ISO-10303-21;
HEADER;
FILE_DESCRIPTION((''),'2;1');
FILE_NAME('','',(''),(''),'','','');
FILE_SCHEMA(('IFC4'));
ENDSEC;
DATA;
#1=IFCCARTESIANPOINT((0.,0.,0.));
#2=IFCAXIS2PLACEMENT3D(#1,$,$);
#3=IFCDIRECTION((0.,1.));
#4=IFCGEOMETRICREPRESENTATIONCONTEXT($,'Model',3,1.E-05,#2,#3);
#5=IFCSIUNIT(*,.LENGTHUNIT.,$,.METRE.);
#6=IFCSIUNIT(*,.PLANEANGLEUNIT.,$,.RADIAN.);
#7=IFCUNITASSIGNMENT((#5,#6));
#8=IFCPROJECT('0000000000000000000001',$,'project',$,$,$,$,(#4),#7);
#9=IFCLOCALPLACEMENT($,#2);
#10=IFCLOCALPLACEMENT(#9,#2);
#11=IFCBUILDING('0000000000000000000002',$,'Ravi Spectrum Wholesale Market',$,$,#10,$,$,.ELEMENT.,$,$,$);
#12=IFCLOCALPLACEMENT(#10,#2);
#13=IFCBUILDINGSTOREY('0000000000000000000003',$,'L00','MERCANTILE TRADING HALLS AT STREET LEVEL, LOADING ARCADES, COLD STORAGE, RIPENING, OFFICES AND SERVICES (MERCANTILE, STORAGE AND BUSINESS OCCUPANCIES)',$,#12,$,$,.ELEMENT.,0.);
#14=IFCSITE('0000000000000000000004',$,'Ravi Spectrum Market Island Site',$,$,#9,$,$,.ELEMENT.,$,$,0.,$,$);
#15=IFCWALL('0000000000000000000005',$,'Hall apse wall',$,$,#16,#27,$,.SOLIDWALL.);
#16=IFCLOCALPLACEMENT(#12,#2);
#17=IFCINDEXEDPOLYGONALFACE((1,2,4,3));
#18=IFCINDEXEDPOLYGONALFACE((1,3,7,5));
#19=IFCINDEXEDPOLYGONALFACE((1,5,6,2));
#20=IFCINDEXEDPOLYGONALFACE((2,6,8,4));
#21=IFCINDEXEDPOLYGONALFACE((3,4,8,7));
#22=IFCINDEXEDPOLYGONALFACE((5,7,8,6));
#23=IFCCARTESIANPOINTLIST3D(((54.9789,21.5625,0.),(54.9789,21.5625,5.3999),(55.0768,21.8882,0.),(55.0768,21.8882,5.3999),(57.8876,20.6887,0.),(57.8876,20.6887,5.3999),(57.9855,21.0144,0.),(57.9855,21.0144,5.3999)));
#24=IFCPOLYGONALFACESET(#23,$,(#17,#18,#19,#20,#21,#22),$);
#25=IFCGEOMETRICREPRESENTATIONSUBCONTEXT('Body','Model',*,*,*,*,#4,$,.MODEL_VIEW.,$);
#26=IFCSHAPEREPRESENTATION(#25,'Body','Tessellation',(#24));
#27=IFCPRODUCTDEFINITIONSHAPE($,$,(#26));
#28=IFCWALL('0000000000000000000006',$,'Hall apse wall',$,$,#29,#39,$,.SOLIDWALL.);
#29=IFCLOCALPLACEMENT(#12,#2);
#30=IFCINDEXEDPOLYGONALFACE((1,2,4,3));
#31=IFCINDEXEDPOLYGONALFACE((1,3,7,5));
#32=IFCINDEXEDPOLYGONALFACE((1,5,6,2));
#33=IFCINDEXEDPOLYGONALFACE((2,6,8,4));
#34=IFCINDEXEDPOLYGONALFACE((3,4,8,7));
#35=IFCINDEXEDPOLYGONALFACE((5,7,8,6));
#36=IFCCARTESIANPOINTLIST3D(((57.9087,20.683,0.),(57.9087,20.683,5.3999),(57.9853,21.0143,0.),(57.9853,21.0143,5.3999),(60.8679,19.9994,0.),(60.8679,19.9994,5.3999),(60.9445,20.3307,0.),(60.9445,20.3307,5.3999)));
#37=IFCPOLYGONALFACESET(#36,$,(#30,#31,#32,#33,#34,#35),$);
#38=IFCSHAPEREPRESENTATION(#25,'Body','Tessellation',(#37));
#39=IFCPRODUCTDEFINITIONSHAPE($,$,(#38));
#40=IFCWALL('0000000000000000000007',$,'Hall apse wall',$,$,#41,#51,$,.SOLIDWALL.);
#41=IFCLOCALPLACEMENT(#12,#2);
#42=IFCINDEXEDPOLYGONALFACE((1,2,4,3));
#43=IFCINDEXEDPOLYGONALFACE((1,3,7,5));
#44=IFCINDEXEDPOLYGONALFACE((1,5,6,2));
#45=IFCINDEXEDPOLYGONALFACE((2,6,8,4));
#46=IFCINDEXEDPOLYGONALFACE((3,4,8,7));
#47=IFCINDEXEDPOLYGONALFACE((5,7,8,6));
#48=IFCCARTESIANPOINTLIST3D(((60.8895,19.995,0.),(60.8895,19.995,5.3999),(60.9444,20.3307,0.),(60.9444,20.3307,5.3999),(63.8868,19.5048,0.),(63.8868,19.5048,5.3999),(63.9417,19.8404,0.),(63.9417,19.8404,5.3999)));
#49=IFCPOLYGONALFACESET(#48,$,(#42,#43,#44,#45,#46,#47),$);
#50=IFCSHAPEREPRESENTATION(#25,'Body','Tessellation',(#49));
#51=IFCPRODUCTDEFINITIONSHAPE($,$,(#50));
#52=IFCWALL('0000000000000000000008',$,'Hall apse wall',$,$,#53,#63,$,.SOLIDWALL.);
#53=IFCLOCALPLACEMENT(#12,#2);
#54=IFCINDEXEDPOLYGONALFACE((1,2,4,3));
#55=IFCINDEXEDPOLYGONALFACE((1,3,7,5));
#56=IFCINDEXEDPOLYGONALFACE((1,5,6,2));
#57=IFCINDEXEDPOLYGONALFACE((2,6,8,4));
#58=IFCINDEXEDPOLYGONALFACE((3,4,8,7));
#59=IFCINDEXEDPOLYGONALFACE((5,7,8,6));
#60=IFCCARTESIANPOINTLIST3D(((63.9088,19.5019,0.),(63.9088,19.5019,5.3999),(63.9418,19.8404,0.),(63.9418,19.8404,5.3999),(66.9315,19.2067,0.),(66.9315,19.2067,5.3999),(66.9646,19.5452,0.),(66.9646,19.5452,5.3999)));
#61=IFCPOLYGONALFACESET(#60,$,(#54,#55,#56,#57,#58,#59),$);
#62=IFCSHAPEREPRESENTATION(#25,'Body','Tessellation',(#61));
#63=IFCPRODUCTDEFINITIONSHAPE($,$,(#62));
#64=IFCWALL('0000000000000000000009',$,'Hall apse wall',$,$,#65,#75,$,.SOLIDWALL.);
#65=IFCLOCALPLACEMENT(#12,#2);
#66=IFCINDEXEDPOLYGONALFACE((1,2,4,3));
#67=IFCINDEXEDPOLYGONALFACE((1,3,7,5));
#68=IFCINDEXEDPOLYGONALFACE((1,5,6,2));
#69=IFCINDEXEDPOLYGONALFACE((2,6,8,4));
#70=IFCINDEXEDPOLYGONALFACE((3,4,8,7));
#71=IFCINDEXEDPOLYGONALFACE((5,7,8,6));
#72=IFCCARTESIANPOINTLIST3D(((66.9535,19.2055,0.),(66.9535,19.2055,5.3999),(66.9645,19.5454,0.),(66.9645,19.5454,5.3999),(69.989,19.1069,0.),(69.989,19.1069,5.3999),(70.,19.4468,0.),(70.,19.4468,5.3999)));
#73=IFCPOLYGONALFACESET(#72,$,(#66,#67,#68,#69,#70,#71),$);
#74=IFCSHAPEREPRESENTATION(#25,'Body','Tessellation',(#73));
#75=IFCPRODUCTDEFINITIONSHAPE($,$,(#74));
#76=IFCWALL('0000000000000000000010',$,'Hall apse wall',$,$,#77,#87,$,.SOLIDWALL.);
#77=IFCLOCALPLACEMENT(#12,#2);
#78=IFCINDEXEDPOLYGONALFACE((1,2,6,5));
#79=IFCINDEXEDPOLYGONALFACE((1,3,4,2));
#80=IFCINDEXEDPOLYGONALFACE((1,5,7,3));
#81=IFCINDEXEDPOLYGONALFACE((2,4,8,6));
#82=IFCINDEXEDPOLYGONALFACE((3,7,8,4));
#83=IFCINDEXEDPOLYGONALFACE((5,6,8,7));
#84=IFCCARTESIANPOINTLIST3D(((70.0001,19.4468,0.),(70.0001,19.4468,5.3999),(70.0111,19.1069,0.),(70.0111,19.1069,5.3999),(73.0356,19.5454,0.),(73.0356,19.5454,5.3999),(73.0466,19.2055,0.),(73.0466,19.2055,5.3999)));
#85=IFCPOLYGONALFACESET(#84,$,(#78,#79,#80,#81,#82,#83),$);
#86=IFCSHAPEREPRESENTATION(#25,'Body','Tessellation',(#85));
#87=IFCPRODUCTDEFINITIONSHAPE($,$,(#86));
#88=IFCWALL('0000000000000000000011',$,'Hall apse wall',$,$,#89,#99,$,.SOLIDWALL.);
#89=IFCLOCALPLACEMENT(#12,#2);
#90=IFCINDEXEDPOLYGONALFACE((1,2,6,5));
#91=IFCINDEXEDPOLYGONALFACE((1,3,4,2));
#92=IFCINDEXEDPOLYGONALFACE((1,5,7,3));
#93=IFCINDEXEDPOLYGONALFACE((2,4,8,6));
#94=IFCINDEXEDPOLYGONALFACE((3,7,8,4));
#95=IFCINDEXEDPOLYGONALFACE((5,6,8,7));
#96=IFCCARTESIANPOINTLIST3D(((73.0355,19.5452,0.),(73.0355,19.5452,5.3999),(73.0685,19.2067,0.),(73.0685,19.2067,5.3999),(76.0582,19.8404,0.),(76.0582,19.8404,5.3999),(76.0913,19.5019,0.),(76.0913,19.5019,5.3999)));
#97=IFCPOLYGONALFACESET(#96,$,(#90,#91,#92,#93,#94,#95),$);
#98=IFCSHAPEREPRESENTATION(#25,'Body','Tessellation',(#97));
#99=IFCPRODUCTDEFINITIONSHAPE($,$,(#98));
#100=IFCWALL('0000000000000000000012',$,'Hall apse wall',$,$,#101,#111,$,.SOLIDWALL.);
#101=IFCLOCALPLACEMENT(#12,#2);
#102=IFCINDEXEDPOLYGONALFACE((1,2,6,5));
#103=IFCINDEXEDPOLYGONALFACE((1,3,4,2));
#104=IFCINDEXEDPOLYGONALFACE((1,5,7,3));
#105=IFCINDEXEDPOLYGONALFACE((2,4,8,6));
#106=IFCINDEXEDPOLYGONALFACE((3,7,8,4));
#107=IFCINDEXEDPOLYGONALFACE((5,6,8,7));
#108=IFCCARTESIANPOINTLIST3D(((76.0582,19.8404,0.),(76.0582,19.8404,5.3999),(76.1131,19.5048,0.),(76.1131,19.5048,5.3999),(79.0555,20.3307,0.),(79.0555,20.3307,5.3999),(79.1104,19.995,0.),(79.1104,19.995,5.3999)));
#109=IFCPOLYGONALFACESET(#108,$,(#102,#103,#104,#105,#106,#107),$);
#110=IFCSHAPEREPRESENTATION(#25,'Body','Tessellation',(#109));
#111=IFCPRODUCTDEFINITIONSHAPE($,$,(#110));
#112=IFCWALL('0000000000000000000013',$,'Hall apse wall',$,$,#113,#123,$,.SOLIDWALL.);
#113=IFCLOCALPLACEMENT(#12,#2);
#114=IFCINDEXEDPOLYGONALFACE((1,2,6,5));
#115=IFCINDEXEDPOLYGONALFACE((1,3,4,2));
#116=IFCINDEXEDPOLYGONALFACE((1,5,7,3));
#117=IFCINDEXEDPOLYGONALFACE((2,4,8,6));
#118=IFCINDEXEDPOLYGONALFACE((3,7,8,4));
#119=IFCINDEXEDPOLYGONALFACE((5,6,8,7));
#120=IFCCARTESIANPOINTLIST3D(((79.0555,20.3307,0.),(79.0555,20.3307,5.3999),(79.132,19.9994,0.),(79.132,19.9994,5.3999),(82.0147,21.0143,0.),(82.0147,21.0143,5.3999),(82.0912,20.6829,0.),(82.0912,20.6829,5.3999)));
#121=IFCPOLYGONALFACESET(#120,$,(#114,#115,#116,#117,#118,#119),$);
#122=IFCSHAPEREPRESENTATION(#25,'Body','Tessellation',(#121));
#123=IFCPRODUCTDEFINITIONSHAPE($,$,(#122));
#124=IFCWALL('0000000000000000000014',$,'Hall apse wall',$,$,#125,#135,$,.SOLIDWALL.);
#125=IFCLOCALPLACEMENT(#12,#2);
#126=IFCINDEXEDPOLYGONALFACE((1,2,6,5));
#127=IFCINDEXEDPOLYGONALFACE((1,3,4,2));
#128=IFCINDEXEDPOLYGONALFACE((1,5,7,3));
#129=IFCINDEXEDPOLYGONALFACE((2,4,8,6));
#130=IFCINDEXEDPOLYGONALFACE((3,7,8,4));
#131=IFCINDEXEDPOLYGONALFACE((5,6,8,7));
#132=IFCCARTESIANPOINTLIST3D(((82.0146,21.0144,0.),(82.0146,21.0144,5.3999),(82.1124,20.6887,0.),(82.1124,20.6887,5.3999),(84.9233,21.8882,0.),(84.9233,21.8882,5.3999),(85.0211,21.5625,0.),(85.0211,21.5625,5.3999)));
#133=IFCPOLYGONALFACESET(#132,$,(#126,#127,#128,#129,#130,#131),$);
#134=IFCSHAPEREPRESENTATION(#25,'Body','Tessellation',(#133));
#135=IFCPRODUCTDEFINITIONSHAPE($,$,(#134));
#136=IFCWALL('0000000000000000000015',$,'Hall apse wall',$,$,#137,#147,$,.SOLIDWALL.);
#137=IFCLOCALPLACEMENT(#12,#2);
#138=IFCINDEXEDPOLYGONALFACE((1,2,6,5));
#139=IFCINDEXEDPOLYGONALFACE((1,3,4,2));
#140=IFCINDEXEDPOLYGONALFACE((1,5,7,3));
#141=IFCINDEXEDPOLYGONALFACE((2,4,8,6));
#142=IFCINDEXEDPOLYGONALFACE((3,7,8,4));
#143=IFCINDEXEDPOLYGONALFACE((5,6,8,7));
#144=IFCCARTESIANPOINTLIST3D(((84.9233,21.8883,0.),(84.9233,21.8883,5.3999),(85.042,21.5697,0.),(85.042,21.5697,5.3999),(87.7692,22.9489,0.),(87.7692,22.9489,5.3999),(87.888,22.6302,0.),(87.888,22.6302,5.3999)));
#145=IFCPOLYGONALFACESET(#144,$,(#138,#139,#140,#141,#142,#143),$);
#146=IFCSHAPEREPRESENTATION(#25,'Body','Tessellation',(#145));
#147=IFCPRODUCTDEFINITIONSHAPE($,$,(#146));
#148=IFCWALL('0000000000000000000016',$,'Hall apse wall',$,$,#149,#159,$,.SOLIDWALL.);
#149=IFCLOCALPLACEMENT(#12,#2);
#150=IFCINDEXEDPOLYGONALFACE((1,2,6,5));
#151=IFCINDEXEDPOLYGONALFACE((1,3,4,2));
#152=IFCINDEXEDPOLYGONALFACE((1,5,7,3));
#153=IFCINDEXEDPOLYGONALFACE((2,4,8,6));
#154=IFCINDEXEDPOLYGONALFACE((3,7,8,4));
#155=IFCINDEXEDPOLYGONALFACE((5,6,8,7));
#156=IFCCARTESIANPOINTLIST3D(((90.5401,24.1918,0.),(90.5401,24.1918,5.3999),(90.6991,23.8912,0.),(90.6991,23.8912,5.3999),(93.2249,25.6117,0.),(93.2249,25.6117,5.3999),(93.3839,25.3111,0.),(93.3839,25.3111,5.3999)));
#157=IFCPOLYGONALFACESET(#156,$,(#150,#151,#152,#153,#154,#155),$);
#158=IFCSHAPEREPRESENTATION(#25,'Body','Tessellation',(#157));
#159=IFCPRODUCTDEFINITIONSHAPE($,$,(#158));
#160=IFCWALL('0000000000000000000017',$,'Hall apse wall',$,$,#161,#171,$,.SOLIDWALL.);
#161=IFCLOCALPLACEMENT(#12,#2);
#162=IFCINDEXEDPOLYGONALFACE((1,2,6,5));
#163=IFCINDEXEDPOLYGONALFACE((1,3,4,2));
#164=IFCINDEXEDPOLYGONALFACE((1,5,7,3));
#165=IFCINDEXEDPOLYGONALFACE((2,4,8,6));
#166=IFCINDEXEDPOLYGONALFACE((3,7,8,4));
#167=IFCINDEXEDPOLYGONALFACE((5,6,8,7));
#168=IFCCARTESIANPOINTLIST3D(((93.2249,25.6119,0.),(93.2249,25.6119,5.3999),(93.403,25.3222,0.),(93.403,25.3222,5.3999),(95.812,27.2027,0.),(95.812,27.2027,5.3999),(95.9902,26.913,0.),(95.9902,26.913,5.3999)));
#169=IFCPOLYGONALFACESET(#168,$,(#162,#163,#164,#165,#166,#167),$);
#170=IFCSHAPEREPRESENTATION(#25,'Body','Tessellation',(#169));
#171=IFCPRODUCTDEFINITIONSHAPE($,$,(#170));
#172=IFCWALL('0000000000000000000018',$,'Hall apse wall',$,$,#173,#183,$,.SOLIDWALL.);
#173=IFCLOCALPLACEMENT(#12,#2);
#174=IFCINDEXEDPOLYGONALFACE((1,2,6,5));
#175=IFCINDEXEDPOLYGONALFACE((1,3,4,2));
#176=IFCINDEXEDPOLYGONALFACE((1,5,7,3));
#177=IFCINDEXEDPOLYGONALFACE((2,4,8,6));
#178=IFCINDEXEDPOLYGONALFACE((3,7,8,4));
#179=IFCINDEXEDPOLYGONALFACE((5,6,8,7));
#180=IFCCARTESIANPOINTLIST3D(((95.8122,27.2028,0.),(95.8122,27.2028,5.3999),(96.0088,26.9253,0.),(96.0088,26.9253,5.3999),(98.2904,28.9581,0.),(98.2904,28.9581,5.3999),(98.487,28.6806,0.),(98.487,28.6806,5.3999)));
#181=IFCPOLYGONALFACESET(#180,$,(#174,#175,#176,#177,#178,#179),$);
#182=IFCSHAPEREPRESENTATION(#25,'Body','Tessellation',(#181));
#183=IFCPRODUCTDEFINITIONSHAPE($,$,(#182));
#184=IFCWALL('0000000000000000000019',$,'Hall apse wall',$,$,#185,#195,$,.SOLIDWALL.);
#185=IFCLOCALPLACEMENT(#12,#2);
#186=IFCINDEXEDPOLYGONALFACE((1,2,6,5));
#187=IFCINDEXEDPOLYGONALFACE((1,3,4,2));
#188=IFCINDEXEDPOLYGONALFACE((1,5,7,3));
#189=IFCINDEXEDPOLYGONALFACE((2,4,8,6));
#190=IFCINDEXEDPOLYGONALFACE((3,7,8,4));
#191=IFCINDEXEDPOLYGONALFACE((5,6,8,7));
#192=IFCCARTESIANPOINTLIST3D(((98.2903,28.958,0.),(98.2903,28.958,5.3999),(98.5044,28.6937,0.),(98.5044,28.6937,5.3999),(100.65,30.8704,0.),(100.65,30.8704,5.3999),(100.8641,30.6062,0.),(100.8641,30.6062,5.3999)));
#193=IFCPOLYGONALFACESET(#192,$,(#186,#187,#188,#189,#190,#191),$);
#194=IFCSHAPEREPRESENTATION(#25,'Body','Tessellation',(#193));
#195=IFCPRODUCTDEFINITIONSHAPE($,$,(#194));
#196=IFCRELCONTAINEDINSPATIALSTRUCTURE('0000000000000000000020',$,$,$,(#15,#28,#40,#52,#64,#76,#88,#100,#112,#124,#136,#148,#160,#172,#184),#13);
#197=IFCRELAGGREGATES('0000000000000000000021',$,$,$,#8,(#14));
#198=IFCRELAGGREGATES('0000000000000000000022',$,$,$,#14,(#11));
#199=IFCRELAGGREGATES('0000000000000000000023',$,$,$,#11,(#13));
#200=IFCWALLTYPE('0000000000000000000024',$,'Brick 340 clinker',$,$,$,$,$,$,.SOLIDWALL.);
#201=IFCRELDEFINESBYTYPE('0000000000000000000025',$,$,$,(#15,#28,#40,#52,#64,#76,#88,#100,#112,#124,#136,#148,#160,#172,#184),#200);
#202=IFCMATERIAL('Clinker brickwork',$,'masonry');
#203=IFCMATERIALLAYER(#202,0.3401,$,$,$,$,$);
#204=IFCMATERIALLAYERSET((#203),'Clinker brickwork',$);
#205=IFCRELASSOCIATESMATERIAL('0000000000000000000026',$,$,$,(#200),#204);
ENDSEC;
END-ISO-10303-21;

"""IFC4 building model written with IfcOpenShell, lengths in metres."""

from ifc_helpers import new_model, si_unit, direction, frame, frame_2d, origin, place, context, subcontext, project, spatial, rectangle, extrude, material, layer, layer_set, type_object, element, save


model = new_model("IFC4")

# Units and contexts
model_context = context("Model", 3, precision=1e-05, world=origin(), true_north=direction((0.0, 1.0)))
body_context = subcontext(model_context, "Body", "Model", "MODEL_VIEW")
ifc_project = project(units=[si_unit("LENGTHUNIT", "METRE"), si_unit("PLANEANGLEUNIT", "RADIAN")], contexts=[model_context])

# Site, building, storey
site_placement = place(None, origin())
site = spatial("IfcSite", under=ifc_project, at=site_placement, Name="Ravi Spectrum Market Island Site", CompositionType="ELEMENT", RefElevation=0.0)
building_placement = place(site_placement, origin())
building = spatial("IfcBuilding", under=site, at=building_placement, Name="Ravi Spectrum Wholesale Market", CompositionType="ELEMENT")
storey_placement = place(building_placement, origin())
storey = spatial("IfcBuildingStorey", under=building, at=storey_placement, Name="L00", Description="MERCANTILE TRADING HALLS AT STREET LEVEL, LOADING ARCADES, COLD STORAGE, RIPENING, OFFICES AND SERVICES (MERCANTILE, STORAGE AND BUSINESS OCCUPANCIES)", CompositionType="ELEMENT", Elevation=0.0)

# Walls
ifc_material_1 = material(Name="Clinker brickwork", Category="masonry")
ifc_layer = layer(ifc_material_1, 0.3401)
ifc_layer_set = layer_set([ifc_layer], Name="Clinker brickwork")
wall_type = type_object("IfcWallType", Name="Brick 340 clinker", PredefinedType="SOLIDWALL", material=ifc_layer_set)
for number, where, z_axis, x_axis, name in (
    (1, (55.0278, 21.7253, 0.0), (0.0, 0.0, 1.0), (0.95772, -0.287702, 0.0), "Hall apse wall"),
    (2, (57.947, 20.8486, 0.0), (0.0, 0.0, 1.0), (0.974341, -0.225077, 0.0), "Hall apse wall"),
    (3, (60.917, 20.1628, 0.0), (0.0, 0.0, 1.0), (0.986887, -0.161413, 0.0), "Hall apse wall"),
    (4, (63.9253, 19.6711, 0.0), (0.0, 0.0, 1.0), (0.995266, -0.097187, 0.0), "Hall apse wall"),
    (5, (66.959, 19.3755, 0.0), (0.0, 0.0, 1.0), (0.999472, -0.032477, 0.0), "Hall apse wall"),
    (6, (70.0056, 19.2769, 0.0), (0.0, 0.0, 1.0), (0.999472, 0.032477, 0.0), "Hall apse wall"),
    (7, (73.052, 19.376, 0.0), (0.0, 0.0, 1.0), (0.995266, 0.097187, 0.0), "Hall apse wall"),
    (8, (76.0857, 19.6726, 0.0), (0.0, 0.0, 1.0), (0.986887, 0.161413, 0.0), "Hall apse wall"),
    (9, (79.0938, 20.165, 0.0), (0.0, 0.0, 1.0), (0.974341, 0.225077, 0.0), "Hall apse wall"),
    (10, (82.0635, 20.8516, 0.0), (0.0, 0.0, 1.0), (0.95772, 0.287702, 0.0), "Hall apse wall"),
    (11, (84.9827, 21.729, 0.0), (0.0, 0.0, 1.0), (0.937051, 0.349193, 0.0), "Hall apse wall"),
):
    element("IfcWall", number, at=place(storey_placement, frame(where, z_axis=z_axis, x_axis=x_axis)), inside=storey, type_object=wall_type, Name=name, PredefinedType="SOLIDWALL", context=body_context, shape_type="SweptSolid", body=[
        extrude(rectangle(XDim=3.0371, YDim=0.3401, at=frame_2d((1.5186, 0.0))), origin(), (0.0, 0.0, 1.0), 5.3999),
    ])

# Walls
for number, where, z_axis, x_axis, name in (
    (12, (90.6196, 24.0415, 0.0), (0.0, 0.0, 1.0), (0.883985, 0.467515, 0.0), "Hall apse wall"),
    (13, (93.314, 25.467, 0.0), (0.0, 0.0, 1.0), (0.851846, 0.523792, 0.0), "Hall apse wall"),
):
    element("IfcWall", number, at=place(storey_placement, frame(where, z_axis=z_axis, x_axis=x_axis)), inside=storey, type_object=wall_type, Name=name, PredefinedType="SOLIDWALL", context=body_context, shape_type="SweptSolid", body=[
        extrude(rectangle(XDim=3.0371, YDim=0.3401, at=frame_2d((1.5186, 0.0))), origin(), (0.0, 0.0, 1.0), 5.3999),
    ])
wall_1_placement = place(storey_placement, frame((95.9104, 27.064, 0.0), z_axis=(0.0, 0.0, 1.0), x_axis=(0.816036, 0.578002, 0.0)))
element("IfcWall", 14, at=wall_1_placement, inside=storey, type_object=wall_type, Name="Hall apse wall", PredefinedType="SOLIDWALL", context=body_context, shape_type="SweptSolid", body=[
    extrude(rectangle(XDim=3.0369, YDim=0.3401, at=frame_2d((1.5186, 0.0))), origin(), (0.0, 0.0, 1.0), 5.3999),
])
wall_2_placement = place(storey_placement, frame((98.3975, 28.8259, 0.0), z_axis=(0.0, 0.0, 1.0), x_axis=(0.776893, 0.629633, 0.0)))
element("IfcWall", 15, at=wall_2_placement, inside=storey, type_object=wall_type, Name="Hall apse wall", PredefinedType="SOLIDWALL", context=body_context, shape_type="SweptSolid", body=[
    extrude(rectangle(XDim=3.0374, YDim=0.3401, at=frame_2d((1.5186, 0.0))), origin(), (0.0, 0.0, 1.0), 5.3999),
])

save(model, "model.ifc")
